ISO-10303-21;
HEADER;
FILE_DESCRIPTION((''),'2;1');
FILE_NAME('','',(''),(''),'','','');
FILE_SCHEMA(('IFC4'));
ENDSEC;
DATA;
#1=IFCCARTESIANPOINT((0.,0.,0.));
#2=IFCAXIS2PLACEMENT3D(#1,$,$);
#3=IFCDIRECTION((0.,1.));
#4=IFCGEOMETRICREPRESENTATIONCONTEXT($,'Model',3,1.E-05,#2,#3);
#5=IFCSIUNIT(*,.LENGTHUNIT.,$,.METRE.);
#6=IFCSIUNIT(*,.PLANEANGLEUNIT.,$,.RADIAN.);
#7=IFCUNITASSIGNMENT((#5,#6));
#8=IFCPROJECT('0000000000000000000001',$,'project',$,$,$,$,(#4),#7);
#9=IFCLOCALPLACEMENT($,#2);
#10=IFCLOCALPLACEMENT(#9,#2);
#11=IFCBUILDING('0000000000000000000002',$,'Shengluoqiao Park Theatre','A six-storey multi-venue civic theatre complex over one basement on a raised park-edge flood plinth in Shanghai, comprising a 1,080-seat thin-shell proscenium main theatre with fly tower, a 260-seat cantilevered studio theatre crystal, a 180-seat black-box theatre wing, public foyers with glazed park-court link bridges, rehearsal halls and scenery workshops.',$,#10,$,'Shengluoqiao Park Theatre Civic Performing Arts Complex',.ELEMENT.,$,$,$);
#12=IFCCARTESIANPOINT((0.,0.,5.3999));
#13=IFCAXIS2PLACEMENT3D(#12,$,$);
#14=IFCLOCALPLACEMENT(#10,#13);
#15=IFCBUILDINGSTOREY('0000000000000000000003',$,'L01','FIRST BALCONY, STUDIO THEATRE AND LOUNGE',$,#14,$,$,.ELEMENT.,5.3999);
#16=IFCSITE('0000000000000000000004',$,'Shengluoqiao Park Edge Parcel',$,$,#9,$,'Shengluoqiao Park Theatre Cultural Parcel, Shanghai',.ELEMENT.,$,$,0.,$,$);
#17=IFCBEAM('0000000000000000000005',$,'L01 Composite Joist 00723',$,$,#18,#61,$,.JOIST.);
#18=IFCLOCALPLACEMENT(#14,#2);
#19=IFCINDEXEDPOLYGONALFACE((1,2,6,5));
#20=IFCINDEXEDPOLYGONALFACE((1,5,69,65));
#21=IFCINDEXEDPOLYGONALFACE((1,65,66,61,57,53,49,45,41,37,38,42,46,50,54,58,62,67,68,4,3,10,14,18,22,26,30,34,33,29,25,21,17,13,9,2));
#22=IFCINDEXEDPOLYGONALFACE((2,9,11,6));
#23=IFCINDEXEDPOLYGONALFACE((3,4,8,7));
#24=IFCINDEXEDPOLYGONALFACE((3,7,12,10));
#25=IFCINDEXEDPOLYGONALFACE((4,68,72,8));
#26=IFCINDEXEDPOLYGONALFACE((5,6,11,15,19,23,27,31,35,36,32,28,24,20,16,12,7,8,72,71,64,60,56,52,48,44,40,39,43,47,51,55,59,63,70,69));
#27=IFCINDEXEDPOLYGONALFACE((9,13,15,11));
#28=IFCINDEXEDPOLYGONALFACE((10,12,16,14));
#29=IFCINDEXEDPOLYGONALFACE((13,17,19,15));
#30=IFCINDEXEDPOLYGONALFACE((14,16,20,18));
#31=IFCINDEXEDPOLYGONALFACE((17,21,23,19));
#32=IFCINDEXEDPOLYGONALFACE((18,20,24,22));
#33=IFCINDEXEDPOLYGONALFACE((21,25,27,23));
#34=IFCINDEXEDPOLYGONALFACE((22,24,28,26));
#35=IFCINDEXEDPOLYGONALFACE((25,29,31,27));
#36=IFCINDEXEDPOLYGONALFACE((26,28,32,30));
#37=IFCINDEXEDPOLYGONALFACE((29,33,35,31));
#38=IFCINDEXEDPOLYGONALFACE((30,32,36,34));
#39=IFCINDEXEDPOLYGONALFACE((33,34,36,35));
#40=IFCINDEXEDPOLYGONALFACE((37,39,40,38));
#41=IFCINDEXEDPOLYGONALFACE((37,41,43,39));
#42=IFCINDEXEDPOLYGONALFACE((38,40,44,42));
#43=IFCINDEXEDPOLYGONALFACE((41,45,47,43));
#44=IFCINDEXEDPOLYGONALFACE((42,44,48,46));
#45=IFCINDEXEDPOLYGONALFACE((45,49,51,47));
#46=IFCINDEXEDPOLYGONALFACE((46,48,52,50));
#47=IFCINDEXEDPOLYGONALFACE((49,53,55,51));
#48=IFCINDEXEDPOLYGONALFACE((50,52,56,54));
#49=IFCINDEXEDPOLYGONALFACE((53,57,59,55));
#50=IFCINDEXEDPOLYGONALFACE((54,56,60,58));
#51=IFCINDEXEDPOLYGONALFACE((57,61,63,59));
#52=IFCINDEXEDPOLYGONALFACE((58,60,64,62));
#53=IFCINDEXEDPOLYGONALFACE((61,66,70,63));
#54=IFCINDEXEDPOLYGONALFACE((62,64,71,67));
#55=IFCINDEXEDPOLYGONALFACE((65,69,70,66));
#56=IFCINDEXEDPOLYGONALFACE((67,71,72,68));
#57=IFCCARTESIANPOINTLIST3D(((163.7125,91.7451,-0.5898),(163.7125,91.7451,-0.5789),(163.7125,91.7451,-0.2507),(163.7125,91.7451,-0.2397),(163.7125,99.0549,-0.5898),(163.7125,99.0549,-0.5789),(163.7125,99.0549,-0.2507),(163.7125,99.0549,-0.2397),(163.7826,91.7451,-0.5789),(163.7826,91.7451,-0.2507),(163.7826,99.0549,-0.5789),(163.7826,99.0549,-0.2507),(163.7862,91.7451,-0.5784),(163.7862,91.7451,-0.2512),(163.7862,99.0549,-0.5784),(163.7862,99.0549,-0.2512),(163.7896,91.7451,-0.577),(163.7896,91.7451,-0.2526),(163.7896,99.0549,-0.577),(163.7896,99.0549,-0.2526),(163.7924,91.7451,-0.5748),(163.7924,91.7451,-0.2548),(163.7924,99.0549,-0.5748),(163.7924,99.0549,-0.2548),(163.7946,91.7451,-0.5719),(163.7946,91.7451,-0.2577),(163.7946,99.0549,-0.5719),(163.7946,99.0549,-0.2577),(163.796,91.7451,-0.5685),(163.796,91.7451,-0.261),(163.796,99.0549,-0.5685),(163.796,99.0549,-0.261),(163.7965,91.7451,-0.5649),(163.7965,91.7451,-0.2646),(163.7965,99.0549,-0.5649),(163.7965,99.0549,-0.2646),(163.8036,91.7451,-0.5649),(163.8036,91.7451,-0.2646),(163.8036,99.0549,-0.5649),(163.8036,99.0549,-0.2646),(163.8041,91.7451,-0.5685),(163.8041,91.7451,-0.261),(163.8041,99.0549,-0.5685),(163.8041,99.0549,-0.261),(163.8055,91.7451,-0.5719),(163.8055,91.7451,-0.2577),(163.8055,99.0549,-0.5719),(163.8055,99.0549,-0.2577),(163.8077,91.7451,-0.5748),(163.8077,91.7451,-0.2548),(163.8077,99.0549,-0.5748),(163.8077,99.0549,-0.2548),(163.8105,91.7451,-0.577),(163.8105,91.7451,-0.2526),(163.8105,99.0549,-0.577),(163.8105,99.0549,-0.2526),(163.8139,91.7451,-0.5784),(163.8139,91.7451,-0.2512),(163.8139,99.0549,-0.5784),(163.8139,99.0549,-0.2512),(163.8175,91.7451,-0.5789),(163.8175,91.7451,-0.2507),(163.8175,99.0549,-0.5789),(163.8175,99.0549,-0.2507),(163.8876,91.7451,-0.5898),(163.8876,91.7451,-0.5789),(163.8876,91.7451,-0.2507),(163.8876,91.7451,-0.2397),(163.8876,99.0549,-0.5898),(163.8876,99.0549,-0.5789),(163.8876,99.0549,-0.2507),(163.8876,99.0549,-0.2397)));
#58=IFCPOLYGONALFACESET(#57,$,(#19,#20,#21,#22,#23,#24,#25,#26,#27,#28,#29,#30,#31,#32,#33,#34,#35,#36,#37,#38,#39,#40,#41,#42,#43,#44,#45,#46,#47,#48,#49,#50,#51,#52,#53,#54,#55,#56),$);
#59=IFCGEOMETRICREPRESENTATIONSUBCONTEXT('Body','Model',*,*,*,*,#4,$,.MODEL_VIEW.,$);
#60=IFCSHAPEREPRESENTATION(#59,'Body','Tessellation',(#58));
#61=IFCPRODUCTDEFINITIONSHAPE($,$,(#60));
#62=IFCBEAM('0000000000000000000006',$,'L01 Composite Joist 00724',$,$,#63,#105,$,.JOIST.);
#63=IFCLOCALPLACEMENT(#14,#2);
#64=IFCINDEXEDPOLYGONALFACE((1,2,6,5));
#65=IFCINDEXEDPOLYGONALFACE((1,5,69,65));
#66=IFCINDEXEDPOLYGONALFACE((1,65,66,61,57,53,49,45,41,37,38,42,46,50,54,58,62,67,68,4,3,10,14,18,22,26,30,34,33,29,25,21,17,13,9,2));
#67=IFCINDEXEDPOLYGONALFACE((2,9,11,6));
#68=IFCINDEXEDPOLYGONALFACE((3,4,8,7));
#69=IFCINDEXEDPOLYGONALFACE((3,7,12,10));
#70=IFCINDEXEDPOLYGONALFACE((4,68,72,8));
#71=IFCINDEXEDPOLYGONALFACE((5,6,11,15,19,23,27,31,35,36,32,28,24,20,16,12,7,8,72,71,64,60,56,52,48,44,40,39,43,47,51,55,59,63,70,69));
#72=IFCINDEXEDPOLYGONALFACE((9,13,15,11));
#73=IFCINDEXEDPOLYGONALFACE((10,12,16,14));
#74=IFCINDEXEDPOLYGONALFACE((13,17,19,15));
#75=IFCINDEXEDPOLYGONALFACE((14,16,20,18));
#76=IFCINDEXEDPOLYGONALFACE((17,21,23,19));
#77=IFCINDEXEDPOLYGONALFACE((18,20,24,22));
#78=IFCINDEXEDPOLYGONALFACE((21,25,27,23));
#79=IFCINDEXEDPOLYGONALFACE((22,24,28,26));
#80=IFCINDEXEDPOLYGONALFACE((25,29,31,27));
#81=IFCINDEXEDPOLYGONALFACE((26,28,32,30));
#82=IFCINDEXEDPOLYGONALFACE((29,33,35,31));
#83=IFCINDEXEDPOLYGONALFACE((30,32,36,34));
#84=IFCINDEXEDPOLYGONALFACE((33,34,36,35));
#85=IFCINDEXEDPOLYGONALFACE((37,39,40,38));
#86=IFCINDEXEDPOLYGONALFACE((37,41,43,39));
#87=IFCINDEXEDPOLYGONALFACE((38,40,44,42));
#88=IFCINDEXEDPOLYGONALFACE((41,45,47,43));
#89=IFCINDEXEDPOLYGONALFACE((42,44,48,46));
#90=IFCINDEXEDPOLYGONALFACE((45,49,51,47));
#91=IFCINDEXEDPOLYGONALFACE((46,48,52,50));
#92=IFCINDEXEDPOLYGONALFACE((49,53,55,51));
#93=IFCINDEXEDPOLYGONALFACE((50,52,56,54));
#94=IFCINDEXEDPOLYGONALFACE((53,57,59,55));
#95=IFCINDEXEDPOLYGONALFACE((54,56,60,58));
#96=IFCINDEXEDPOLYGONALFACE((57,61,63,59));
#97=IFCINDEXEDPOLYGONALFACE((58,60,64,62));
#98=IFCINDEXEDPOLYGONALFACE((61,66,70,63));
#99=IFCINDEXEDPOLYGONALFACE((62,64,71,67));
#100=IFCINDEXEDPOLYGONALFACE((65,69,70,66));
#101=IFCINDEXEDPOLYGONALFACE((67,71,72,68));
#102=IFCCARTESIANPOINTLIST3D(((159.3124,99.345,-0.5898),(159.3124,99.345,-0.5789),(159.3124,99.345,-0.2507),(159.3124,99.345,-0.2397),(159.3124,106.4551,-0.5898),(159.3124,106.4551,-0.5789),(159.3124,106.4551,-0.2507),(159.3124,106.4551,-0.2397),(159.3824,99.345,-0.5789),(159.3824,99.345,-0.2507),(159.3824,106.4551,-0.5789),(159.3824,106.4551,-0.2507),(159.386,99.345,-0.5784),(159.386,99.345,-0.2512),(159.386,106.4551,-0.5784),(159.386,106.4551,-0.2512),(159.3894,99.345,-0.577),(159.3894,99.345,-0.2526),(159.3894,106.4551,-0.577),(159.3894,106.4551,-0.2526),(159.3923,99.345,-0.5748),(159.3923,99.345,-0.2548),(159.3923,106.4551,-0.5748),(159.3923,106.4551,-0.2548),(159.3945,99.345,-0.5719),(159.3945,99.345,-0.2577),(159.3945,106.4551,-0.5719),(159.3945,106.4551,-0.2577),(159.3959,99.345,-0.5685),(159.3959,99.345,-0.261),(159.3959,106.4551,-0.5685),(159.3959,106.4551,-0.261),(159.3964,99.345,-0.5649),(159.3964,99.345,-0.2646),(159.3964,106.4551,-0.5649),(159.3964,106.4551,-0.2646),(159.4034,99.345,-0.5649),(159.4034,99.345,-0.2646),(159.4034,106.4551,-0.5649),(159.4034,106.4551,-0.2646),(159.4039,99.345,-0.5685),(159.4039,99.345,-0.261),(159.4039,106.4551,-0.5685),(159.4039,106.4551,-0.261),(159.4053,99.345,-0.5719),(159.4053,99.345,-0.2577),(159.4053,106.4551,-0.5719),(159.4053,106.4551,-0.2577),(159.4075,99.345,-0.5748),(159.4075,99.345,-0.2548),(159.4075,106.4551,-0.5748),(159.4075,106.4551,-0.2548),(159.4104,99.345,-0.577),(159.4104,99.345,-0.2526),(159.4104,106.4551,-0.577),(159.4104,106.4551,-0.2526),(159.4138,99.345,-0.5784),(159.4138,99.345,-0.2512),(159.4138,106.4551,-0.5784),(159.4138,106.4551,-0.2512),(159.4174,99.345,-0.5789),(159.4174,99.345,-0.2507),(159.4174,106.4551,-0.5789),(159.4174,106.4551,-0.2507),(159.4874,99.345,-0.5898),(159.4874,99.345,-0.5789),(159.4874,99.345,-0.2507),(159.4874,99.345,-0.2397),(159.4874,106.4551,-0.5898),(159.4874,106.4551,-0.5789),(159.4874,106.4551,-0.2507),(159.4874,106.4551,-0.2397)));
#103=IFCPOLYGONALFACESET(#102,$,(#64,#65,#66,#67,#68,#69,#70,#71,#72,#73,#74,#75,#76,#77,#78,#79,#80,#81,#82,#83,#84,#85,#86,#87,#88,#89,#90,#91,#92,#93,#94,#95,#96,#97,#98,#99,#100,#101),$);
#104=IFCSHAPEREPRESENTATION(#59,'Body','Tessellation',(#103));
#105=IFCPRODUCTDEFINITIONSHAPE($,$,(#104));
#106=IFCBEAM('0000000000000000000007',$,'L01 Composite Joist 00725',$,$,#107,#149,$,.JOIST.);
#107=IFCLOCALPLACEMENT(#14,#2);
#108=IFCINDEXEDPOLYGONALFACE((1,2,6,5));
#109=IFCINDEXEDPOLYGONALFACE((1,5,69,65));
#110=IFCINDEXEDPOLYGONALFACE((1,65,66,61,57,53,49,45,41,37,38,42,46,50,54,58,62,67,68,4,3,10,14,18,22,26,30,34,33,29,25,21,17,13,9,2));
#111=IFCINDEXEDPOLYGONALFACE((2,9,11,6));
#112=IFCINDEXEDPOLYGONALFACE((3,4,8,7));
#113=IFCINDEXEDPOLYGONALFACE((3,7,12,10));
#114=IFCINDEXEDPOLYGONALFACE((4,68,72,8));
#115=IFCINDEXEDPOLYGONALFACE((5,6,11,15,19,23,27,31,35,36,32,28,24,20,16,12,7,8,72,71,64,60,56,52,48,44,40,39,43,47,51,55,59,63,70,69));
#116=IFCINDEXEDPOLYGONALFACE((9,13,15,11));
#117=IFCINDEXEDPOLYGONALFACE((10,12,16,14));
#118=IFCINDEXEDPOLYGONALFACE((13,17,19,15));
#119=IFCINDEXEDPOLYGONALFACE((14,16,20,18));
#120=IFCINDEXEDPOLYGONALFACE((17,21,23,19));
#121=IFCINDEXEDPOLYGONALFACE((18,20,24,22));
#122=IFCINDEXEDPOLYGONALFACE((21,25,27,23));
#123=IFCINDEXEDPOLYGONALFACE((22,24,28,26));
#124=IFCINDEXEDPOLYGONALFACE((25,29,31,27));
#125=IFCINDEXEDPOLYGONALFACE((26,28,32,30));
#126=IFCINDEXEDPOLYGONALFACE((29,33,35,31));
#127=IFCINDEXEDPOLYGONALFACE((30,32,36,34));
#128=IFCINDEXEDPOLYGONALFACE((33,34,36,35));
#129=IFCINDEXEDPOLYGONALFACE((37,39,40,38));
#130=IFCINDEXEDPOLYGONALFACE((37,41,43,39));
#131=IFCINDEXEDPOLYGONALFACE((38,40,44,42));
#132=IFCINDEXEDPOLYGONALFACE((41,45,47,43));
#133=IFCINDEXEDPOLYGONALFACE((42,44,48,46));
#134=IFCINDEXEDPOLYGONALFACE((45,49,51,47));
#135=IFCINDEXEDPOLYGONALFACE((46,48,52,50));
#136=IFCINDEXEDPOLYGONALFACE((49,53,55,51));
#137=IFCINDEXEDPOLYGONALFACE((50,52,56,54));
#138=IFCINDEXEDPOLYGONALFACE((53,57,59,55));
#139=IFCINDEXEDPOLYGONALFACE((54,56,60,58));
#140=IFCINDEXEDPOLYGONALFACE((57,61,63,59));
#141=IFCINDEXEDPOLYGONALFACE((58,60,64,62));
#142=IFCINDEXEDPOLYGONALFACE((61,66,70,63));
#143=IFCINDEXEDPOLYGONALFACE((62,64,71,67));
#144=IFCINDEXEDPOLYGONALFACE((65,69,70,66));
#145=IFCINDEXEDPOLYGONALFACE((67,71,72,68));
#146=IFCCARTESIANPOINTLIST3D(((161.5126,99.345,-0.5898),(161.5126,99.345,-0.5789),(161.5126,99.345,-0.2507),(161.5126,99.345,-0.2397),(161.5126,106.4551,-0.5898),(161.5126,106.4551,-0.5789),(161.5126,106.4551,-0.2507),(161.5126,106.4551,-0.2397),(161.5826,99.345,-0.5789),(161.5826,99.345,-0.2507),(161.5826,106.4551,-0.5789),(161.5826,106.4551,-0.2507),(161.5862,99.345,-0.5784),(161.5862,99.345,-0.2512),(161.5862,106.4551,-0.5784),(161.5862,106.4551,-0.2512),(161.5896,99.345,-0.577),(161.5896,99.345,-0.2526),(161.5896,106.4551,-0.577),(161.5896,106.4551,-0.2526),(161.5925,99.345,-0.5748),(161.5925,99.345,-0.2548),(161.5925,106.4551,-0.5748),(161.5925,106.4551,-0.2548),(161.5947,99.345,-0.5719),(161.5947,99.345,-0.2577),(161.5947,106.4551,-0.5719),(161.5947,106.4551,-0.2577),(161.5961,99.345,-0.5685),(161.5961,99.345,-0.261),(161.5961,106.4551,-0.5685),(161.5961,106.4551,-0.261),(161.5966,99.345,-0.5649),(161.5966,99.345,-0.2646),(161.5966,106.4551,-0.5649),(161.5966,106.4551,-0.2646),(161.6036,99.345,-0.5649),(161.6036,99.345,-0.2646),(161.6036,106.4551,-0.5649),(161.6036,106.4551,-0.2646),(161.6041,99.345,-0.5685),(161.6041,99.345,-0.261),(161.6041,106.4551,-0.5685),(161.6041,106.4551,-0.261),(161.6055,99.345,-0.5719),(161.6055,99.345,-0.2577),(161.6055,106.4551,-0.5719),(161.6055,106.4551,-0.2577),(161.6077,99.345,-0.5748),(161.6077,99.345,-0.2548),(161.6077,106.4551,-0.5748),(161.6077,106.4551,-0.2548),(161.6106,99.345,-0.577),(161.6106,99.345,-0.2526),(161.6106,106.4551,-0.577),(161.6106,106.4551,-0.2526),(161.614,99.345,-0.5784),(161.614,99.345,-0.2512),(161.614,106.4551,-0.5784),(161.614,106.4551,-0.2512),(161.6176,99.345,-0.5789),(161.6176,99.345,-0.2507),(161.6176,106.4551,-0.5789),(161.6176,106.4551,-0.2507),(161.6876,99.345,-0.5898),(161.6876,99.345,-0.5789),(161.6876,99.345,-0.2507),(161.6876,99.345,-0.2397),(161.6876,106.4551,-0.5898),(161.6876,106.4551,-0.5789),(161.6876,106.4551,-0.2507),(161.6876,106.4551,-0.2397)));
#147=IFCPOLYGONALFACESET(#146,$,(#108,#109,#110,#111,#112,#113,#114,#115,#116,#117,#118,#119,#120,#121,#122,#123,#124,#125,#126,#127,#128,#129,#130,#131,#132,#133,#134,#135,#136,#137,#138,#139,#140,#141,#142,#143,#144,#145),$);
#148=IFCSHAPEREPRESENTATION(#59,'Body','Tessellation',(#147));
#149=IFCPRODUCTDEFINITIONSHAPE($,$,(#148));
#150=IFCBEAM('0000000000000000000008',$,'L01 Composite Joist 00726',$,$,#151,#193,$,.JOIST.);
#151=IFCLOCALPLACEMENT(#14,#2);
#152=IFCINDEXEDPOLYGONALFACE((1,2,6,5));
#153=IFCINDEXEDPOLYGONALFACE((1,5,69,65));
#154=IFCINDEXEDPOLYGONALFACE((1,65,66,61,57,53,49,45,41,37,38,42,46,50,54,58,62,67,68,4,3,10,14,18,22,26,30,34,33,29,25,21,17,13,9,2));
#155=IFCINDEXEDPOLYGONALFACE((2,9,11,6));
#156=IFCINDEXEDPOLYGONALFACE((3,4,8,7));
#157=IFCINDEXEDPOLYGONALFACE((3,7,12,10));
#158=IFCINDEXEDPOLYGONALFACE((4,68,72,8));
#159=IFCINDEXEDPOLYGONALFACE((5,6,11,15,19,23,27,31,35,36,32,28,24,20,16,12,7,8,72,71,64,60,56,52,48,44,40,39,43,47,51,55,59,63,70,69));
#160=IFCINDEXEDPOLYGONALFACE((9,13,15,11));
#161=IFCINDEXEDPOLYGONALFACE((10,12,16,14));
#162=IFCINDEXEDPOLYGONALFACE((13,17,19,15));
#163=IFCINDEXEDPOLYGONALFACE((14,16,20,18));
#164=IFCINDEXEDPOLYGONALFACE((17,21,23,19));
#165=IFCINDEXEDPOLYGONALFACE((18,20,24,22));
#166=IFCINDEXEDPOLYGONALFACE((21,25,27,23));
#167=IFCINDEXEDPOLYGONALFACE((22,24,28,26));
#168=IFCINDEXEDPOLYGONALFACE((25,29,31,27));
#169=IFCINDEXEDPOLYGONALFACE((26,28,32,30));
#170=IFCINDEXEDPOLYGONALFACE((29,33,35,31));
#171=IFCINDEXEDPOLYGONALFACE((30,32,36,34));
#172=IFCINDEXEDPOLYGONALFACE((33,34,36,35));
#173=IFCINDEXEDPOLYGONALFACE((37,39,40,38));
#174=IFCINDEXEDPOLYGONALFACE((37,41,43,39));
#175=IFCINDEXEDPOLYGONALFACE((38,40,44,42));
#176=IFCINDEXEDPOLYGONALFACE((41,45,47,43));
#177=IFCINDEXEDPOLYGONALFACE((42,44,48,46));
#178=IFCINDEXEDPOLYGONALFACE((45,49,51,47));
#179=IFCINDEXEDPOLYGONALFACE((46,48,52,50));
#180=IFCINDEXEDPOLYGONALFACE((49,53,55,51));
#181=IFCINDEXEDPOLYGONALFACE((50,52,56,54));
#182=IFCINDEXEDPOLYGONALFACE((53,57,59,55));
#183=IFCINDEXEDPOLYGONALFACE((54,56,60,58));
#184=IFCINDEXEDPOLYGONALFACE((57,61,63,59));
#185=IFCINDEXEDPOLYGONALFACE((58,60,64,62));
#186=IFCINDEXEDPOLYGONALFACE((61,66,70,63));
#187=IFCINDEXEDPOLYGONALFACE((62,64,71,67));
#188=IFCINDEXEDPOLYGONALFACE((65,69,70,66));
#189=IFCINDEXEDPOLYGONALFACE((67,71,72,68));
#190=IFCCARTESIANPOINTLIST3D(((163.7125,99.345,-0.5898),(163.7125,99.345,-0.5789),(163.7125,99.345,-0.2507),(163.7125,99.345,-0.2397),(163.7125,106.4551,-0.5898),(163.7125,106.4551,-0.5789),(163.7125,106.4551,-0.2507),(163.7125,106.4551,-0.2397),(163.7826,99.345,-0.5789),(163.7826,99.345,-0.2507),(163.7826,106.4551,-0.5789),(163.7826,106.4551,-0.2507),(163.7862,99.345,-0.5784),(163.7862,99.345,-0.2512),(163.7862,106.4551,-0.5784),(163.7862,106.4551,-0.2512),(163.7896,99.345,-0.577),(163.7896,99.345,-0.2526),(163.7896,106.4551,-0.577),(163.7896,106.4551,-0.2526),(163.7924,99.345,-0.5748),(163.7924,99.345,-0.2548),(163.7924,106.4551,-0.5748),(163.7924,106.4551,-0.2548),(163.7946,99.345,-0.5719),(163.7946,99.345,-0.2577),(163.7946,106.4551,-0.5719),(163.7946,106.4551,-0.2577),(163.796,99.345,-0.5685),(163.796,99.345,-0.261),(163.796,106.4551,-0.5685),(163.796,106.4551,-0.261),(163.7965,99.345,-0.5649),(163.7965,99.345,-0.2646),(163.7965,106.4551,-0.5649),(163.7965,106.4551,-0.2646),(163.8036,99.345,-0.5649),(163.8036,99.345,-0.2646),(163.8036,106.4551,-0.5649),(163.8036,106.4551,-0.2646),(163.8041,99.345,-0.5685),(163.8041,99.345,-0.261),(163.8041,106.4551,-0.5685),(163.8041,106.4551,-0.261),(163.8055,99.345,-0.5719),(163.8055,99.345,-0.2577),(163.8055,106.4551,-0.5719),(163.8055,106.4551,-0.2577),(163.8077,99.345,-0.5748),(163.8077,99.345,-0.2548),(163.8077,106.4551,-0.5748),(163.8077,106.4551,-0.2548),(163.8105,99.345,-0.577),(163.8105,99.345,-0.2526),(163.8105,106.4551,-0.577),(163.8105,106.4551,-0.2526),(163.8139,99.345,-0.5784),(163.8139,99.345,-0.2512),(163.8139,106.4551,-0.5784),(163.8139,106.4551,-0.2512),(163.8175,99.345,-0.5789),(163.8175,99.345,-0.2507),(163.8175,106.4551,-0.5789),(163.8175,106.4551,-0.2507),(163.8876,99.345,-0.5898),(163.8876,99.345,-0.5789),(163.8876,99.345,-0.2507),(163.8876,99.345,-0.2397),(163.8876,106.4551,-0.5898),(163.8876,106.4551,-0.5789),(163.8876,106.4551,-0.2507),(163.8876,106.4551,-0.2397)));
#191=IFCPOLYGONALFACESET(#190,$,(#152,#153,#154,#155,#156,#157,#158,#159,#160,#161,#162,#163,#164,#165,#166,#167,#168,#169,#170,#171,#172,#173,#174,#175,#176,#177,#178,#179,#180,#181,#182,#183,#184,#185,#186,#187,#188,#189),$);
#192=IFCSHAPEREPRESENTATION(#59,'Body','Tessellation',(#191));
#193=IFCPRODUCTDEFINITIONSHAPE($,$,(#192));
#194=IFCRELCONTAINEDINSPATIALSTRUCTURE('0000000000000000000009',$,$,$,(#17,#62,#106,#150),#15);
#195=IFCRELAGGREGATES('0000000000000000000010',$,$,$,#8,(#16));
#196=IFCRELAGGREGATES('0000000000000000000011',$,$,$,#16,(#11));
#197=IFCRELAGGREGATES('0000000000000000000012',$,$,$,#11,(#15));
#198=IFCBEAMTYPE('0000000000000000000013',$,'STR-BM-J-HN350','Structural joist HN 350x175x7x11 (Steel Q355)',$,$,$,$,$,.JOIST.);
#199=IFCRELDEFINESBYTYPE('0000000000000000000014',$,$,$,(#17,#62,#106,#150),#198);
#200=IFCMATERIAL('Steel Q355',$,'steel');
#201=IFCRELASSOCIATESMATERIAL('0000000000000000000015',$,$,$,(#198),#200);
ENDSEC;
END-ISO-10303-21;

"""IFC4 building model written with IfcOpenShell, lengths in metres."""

from ifc_helpers import new_model, si_unit, direction, frame, origin, origin_2d, place, context, subcontext, project, spatial, i_section, extrude, material, material_profile, profile_set, type_object, element, save


model = new_model("IFC4")

# Units and contexts
model_context = context("Model", 3, precision=1e-05, world=origin(), true_north=direction((0.0, 1.0)))
body_context = subcontext(model_context, "Body", "Model", "MODEL_VIEW")
ifc_project = project(units=[si_unit("LENGTHUNIT", "METRE"), si_unit("PLANEANGLEUNIT", "RADIAN")], contexts=[model_context])

# Site, building, storey
site_placement = place(None, origin())
site = spatial("IfcSite", under=ifc_project, at=site_placement, Name="Shengluoqiao Park Edge Parcel", LongName="Shengluoqiao Park Theatre Cultural Parcel, Shanghai", CompositionType="ELEMENT", RefElevation=0.0)
building_placement = place(site_placement, origin())
building = spatial("IfcBuilding", under=site, at=building_placement, Name="Shengluoqiao Park Theatre", Description="A six-storey multi-venue civic theatre complex over one basement on a raised park-edge flood plinth in Shanghai, comprising a 1,080-seat thin-shell proscenium main theatre with fly tower, a 260-seat cantilevered studio theatre crystal, a 180-seat black-box theatre wing, public foyers with glazed park-court link bridges, rehearsal halls and scenery workshops.", LongName="Shengluoqiao Park Theatre Civic Performing Arts Complex", CompositionType="ELEMENT")
storey_placement = place(building_placement, frame((0.0, 0.0, 5.3999)))
storey = spatial("IfcBuildingStorey", under=building, at=storey_placement, Name="L01", Description="FIRST BALCONY, STUDIO THEATRE AND LOUNGE", CompositionType="ELEMENT", Elevation=5.3999)

# Beams
ifc_material_1 = material(Name="Steel Q355", Category="steel")
ifc_material_profile_1 = material_profile(ifc_material_1, i_section(OverallWidth=0.175, OverallDepth=0.3501, WebThickness=0.0071, FlangeThickness=0.011, FilletRadius=0.0139, at=origin_2d()), Name="HN 350x175x7x11")
ifc_profile_set_1 = profile_set([ifc_material_profile_1], Name="Steel Q355")
beam_type_1 = type_object("IfcBeamType", Name="STR-BM-J-HN350", Description="Structural joist HN 350x175x7x11 (Steel Q355)", PredefinedType="JOIST", material=ifc_profile_set_1)
for number, where, z_axis, x_axis, name in (
    (1, (163.8, 91.7451, -0.4148), (0.0, 1.0, 0.0), (-1.0, 0.0, 0.0), "L01 Composite Joist 00723"),
):
    element("IfcBeam", number, at=place(storey_placement, frame(where, z_axis=z_axis, x_axis=x_axis)), inside=storey, type_object=beam_type_1, Name=name, PredefinedType="JOIST", context=body_context, shape_type="SweptSolid", body=[
        extrude(i_section(OverallWidth=0.175, OverallDepth=0.3501, WebThickness=0.0071, FlangeThickness=0.011, FilletRadius=0.0139, at=origin_2d()), origin(), (0.0, 0.0, 1.0), 7.3098),
    ])
for number, where, z_axis, x_axis, name in (
    (2, (159.3999, 99.345, -0.4148), (0.0, 1.0, 0.0), (-1.0, 0.0, 0.0), "L01 Composite Joist 00724"),
    (3, (161.6001, 99.345, -0.4148), (0.0, 1.0, 0.0), (-1.0, 0.0, 0.0), "L01 Composite Joist 00725"),
    (4, (163.8, 99.345, -0.4148), (0.0, 1.0, 0.0), (-1.0, 0.0, 0.0), "L01 Composite Joist 00726"),
):
    element("IfcBeam", number, at=place(storey_placement, frame(where, z_axis=z_axis, x_axis=x_axis)), inside=storey, type_object=beam_type_1, Name=name, PredefinedType="JOIST", context=body_context, shape_type="SweptSolid", body=[
        extrude(i_section(OverallWidth=0.175, OverallDepth=0.3501, WebThickness=0.0071, FlangeThickness=0.011, FilletRadius=0.0139, at=origin_2d()), origin(), (0.0, 0.0, 1.0), 7.1101),
    ])

save(model, "model.ifc")
